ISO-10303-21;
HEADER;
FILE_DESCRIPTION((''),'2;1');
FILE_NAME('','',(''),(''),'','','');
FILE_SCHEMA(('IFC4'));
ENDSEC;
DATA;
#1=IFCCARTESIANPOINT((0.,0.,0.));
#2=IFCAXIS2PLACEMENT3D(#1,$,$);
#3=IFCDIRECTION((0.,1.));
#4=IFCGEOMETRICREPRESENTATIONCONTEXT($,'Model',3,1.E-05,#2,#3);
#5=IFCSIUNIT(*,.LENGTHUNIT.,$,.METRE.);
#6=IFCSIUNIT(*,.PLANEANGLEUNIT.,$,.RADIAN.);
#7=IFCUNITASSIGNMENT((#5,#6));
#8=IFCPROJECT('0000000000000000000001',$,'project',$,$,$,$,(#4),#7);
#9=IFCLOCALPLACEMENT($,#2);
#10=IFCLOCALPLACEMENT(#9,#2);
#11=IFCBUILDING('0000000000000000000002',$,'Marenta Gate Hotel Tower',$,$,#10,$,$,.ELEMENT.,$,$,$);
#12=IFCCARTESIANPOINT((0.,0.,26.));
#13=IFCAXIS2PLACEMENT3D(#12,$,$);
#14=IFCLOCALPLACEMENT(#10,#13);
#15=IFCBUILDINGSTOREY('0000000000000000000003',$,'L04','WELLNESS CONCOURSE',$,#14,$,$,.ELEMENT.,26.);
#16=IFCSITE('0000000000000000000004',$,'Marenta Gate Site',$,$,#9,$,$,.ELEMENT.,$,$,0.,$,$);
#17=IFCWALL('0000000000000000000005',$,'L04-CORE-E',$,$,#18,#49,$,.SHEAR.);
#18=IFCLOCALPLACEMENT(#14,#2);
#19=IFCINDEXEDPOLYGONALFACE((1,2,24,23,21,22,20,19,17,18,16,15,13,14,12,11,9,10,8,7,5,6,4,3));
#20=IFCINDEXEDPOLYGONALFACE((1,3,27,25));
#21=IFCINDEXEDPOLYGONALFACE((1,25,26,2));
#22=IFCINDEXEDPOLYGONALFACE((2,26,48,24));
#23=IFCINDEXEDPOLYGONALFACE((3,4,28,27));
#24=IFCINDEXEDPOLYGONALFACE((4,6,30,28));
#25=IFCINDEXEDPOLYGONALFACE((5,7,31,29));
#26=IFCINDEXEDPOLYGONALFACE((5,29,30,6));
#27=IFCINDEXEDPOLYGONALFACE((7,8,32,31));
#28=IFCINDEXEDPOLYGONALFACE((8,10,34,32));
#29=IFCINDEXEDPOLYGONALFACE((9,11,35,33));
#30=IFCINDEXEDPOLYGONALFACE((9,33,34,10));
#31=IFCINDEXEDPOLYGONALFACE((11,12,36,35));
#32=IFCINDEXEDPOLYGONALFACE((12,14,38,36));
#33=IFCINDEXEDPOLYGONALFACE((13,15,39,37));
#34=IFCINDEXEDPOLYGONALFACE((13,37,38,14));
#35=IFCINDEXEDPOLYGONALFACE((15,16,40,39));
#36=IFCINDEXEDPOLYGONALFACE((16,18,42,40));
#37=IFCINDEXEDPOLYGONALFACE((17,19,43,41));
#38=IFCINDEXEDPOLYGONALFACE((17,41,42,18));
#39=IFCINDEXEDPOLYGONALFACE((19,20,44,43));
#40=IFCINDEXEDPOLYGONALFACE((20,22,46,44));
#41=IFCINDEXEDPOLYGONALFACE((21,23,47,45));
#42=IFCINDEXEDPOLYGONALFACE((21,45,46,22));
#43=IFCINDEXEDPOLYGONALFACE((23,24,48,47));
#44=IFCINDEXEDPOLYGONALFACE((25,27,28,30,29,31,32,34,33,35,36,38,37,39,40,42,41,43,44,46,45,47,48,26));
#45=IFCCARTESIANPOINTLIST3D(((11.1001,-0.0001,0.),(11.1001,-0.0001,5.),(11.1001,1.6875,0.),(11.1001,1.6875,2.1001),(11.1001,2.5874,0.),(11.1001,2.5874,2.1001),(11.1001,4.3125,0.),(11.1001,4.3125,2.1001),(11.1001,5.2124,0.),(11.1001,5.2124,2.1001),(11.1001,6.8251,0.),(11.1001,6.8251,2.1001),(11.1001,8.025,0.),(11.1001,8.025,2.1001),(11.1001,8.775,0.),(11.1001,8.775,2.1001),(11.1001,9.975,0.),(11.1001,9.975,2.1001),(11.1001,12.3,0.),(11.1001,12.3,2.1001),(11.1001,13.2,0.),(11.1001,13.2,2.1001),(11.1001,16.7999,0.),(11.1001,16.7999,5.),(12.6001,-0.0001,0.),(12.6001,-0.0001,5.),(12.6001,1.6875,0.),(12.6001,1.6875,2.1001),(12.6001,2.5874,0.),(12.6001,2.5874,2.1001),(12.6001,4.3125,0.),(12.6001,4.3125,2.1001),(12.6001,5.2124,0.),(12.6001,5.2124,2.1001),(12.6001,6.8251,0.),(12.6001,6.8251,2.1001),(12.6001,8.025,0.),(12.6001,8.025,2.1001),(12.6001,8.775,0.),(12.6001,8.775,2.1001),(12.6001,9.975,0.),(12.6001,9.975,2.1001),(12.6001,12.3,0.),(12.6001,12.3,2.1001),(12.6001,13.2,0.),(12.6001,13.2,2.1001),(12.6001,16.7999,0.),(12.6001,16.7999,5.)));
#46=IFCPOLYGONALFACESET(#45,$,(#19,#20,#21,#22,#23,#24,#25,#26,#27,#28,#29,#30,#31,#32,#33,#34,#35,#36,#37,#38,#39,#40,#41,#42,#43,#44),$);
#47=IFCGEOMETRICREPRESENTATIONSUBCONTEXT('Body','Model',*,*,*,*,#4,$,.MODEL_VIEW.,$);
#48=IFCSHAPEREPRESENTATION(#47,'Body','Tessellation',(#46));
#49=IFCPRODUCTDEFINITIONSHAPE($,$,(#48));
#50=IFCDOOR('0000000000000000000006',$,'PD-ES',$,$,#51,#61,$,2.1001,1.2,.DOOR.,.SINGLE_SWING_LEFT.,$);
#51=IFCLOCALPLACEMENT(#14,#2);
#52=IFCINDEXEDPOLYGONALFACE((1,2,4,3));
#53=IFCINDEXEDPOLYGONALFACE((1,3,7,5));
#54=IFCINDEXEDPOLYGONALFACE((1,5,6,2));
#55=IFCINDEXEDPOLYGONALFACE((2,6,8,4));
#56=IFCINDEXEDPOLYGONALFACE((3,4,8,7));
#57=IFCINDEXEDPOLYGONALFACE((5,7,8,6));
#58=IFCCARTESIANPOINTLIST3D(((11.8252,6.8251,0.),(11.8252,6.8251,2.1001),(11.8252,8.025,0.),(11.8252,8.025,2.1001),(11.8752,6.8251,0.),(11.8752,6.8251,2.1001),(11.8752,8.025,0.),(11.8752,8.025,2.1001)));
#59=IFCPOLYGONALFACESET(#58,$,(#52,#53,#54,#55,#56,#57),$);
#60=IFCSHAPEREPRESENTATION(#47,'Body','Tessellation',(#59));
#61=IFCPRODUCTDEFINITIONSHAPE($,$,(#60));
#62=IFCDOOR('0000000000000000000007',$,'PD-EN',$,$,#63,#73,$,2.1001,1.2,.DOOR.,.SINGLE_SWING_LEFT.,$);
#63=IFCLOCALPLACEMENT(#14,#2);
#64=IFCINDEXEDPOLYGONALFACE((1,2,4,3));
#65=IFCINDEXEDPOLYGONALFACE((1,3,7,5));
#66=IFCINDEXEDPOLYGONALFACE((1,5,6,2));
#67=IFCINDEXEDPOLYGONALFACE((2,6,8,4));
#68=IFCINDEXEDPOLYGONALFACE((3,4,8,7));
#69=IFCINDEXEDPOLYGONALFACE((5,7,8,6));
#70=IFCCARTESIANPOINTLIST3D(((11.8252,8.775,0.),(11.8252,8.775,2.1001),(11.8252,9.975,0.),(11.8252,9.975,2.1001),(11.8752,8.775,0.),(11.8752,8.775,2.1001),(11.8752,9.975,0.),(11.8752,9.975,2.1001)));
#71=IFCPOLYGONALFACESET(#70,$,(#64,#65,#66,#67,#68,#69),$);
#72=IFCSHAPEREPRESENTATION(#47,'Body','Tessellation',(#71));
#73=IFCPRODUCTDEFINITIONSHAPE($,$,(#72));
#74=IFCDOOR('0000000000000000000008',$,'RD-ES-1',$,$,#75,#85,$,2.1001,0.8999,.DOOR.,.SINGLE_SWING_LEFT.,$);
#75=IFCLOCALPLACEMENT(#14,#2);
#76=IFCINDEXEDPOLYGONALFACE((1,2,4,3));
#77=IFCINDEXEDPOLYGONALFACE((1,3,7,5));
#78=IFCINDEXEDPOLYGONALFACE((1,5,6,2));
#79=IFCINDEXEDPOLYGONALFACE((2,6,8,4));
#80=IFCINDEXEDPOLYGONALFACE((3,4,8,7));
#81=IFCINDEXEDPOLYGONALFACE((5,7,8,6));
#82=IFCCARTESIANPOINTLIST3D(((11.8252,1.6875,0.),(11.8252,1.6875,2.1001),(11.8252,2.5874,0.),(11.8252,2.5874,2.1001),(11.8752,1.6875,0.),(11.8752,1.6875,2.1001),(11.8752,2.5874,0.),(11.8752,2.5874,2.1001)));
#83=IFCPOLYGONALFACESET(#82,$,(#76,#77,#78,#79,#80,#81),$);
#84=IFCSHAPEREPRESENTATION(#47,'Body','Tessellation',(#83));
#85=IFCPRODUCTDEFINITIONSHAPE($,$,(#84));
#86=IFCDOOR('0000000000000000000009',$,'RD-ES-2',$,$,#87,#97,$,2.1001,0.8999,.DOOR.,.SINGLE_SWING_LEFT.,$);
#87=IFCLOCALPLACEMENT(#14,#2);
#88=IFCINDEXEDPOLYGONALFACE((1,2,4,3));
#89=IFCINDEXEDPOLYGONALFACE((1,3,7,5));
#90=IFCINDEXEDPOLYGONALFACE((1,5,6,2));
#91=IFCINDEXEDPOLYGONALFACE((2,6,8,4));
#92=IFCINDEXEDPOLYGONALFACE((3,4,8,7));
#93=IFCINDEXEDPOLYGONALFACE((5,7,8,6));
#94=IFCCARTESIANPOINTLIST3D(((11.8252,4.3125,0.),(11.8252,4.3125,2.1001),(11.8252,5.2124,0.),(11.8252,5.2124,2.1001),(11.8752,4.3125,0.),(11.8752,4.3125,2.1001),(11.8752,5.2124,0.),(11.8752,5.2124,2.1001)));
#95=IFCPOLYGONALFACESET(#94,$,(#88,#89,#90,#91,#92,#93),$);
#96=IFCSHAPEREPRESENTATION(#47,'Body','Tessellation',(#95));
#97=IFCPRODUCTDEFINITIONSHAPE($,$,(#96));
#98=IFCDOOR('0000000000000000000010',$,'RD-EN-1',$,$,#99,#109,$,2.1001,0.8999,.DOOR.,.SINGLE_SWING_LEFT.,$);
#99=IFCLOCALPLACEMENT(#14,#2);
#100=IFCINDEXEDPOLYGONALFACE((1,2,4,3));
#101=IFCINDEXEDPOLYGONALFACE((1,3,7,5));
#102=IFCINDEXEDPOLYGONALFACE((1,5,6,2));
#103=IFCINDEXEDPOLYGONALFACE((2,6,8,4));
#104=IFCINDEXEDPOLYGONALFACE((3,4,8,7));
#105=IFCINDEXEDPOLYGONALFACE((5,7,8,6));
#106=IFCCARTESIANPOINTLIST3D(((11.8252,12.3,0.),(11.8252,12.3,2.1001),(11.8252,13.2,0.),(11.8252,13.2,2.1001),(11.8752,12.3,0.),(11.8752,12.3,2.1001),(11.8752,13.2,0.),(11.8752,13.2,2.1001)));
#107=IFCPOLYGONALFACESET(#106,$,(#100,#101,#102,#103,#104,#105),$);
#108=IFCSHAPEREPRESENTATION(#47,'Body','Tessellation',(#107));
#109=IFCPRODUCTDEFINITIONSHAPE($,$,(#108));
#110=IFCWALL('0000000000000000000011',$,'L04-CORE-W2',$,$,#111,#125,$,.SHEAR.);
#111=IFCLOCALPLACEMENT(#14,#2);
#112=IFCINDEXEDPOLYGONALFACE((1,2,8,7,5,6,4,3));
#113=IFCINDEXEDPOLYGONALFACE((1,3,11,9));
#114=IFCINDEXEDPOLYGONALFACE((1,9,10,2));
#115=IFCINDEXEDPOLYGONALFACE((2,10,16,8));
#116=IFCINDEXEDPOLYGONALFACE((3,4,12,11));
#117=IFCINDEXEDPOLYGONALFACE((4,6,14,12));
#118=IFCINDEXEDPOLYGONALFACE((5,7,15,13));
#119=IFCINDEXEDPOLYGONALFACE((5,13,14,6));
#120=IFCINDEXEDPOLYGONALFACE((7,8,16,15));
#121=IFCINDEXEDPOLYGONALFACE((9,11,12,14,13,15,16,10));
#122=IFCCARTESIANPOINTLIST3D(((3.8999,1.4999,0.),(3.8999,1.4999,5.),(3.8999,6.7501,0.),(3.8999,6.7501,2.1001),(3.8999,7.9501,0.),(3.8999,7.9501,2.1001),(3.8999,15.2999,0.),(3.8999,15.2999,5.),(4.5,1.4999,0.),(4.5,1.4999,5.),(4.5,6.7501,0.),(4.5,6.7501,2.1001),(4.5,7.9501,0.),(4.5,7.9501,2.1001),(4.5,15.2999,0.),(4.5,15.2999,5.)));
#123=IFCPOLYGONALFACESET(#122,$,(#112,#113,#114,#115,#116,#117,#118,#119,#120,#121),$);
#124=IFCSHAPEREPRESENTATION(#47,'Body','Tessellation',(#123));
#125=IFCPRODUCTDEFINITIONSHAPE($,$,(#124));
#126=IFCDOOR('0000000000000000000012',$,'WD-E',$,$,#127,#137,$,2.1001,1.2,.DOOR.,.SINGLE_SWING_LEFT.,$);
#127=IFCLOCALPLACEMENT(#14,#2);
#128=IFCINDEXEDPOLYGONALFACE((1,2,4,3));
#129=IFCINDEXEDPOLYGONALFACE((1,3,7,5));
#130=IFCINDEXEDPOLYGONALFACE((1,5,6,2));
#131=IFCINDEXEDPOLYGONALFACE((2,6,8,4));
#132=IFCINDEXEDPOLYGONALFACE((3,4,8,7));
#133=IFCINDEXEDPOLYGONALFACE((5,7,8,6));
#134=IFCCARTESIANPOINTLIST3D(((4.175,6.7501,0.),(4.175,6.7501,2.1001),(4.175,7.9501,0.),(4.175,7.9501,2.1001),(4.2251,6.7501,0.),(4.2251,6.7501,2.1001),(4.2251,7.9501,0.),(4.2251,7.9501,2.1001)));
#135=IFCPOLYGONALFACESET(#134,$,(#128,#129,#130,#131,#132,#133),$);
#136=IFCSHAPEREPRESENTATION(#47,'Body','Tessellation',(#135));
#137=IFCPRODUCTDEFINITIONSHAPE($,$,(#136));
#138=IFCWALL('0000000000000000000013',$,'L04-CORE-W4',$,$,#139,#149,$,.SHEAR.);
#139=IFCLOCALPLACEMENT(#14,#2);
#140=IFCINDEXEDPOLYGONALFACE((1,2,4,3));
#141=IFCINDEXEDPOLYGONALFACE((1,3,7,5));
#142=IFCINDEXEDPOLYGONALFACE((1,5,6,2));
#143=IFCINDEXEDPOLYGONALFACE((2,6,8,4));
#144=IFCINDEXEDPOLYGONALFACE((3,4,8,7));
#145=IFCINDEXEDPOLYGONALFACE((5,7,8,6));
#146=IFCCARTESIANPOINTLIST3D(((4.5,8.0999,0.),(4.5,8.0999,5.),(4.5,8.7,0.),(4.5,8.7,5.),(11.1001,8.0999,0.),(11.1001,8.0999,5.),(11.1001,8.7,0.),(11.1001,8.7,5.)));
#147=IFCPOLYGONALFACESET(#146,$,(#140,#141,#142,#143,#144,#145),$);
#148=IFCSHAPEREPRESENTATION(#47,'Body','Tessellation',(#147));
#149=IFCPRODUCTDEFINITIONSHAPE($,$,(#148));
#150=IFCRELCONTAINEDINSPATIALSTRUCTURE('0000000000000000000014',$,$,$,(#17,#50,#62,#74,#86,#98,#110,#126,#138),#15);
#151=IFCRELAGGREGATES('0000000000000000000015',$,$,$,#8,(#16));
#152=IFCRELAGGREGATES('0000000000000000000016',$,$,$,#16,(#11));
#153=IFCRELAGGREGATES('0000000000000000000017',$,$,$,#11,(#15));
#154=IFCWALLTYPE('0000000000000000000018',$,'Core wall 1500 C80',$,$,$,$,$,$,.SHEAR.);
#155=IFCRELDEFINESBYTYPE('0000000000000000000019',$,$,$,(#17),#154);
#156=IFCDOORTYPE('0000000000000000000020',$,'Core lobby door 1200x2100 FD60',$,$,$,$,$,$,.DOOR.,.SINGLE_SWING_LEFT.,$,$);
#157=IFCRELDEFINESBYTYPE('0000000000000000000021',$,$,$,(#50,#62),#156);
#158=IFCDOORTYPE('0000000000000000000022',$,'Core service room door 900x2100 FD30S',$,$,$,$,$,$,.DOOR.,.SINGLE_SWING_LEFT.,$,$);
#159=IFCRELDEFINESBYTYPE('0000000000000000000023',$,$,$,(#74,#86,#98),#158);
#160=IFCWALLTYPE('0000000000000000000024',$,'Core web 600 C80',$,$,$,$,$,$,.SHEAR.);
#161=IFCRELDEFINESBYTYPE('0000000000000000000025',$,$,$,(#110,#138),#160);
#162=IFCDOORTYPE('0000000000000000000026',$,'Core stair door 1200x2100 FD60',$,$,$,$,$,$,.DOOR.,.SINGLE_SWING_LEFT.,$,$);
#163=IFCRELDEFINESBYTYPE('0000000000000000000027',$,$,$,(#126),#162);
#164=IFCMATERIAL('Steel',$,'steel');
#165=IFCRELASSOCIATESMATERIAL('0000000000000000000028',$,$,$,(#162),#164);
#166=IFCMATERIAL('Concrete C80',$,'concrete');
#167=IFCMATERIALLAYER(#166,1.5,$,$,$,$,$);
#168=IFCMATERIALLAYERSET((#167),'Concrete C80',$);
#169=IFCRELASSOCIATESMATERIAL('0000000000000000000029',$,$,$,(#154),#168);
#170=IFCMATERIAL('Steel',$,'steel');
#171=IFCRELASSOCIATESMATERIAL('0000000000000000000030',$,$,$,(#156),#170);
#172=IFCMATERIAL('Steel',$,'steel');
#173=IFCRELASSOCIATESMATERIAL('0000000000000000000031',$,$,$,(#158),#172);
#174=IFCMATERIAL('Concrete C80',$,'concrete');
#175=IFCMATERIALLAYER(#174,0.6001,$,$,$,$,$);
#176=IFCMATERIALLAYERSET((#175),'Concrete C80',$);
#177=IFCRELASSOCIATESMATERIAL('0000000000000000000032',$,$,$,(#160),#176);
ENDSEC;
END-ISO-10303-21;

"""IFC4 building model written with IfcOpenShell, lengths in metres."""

from ifc_helpers import new_model, si_unit, direction, frame, frame_2d, origin, place, context, subcontext, project, spatial, rectangle, extrude, material, layer, layer_set, type_object, element, fill, save


model = new_model("IFC4")

# Units and contexts
model_context = context("Model", 3, precision=1e-05, world=origin(), true_north=direction((0.0, 1.0)))
body_context = subcontext(model_context, "Body", "Model", "MODEL_VIEW")
ifc_project = project(units=[si_unit("LENGTHUNIT", "METRE"), si_unit("PLANEANGLEUNIT", "RADIAN")], contexts=[model_context])

# Site, building, storey
site_placement = place(None, origin())
site = spatial("IfcSite", under=ifc_project, at=site_placement, Name="Marenta Gate Site", CompositionType="ELEMENT", RefElevation=0.0)
building_placement = place(site_placement, origin())
building = spatial("IfcBuilding", under=site, at=building_placement, Name="Marenta Gate Hotel Tower", CompositionType="ELEMENT")
storey_placement = place(building_placement, frame((0.0, 0.0, 26.0)))
storey = spatial("IfcBuildingStorey", under=building, at=storey_placement, Name="L04", Description="WELLNESS CONCOURSE", CompositionType="ELEMENT", Elevation=26.0)

# Shared definitions
ifc_material_1 = material(Name="Steel", Category="steel")
door_type_1 = type_object("IfcDoorType", Name="Core stair door 1200x2100 FD60", OperationType="SINGLE_SWING_LEFT", PredefinedType="DOOR", material=ifc_material_1)

# Wall, openings, doors
ifc_material_2 = material(Name="Concrete C80", Category="concrete")
ifc_layer_1 = layer(ifc_material_2, 1.5)
ifc_layer_set_1 = layer_set([ifc_layer_1], Name="Concrete C80")
wall_type_1 = type_object("IfcWallType", Name="Core wall 1500 C80", PredefinedType="SHEAR", material=ifc_layer_set_1)
wall_1_placement = place(storey_placement, frame((11.8501, 0.0, 0.0), z_axis=(0.0, 0.0, 1.0), x_axis=(0.0, 1.0, 0.0)))
wall_1 = element("IfcWall", 1, at=wall_1_placement, inside=storey, type_object=wall_type_1, Name="L04-CORE-E", PredefinedType="SHEAR", context=body_context, shape_type="SweptSolid", body=[
    extrude(rectangle(XDim=16.8, YDim=1.5, at=frame_2d((8.3999, 0.0))), origin(), (0.0, 0.0, 1.0), 5.0),
])
opening_1_placement = place(wall_1_placement, frame((1.6875, 0.0, 0.0)))
opening_1 = element("IfcOpeningElement", 2, at=opening_1_placement, cuts=wall_1, PredefinedType="OPENING", context=body_context, shape_type="SweptSolid", body=[
    extrude(rectangle(XDim=0.8999, YDim=2.1001, at=frame_2d((0.45, 1.05))), frame((0.0, 0.75, 0.0), z_axis=(0.0, -1.0, 0.0), x_axis=(1.0, 0.0, 0.0)), (0.0, 0.0, 1.0), 1.5),
])
opening_2_placement = place(wall_1_placement, frame((4.3125, 0.0, 0.0)))
opening_2 = element("IfcOpeningElement", 3, at=opening_2_placement, cuts=wall_1, PredefinedType="OPENING", context=body_context, shape_type="SweptSolid", body=[
    extrude(rectangle(XDim=0.8999, YDim=2.1001, at=frame_2d((0.45, 1.05))), frame((0.0, 0.75, 0.0), z_axis=(0.0, -1.0, 0.0), x_axis=(1.0, 0.0, 0.0)), (0.0, 0.0, 1.0), 1.5),
])
opening_3_placement = place(wall_1_placement, frame((6.825, 0.0, 0.0)))
opening_3 = element("IfcOpeningElement", 4, at=opening_3_placement, cuts=wall_1, PredefinedType="OPENING", context=body_context, shape_type="SweptSolid", body=[
    extrude(rectangle(XDim=1.2, YDim=2.1001, at=frame_2d((0.6001, 1.05))), frame((0.0, 0.75, 0.0), z_axis=(0.0, -1.0, 0.0), x_axis=(1.0, 0.0, 0.0)), (0.0, 0.0, 1.0), 1.5),
])
opening_4_placement = place(wall_1_placement, frame((12.3, 0.0, 0.0)))
opening_4 = element("IfcOpeningElement", 5, at=opening_4_placement, cuts=wall_1, PredefinedType="OPENING", context=body_context, shape_type="SweptSolid", body=[
    extrude(rectangle(XDim=0.8999, YDim=2.1001, at=frame_2d((0.45, 1.05))), frame((0.0, 0.75, 0.0), z_axis=(0.0, -1.0, 0.0), x_axis=(1.0, 0.0, 0.0)), (0.0, 0.0, 1.0), 1.5),
])
opening_5_placement = place(wall_1_placement, frame((8.7749, 0.0, 0.0)))
opening_5 = element("IfcOpeningElement", 6, at=opening_5_placement, cuts=wall_1, PredefinedType="OPENING", context=body_context, shape_type="SweptSolid", body=[
    extrude(rectangle(XDim=1.2, YDim=2.1001, at=frame_2d((0.6001, 1.05))), frame((0.0, 0.75, 0.0), z_axis=(0.0, -1.0, 0.0), x_axis=(1.0, 0.0, 0.0)), (0.0, 0.0, 1.0), 1.5),
])
ifc_material_3 = material(Name="Steel", Category="steel")
door_type_2 = type_object("IfcDoorType", Name="Core lobby door 1200x2100 FD60", OperationType="SINGLE_SWING_LEFT", PredefinedType="DOOR", material=ifc_material_3)
door_1_placement = place(opening_3_placement, origin())
door_1 = element("IfcDoor", 7, at=door_1_placement, inside=storey, type_object=door_type_2, Name="PD-ES", OperationType="SINGLE_SWING_LEFT", OverallHeight=2.1001, OverallWidth=1.2, PredefinedType="DOOR", context=body_context, shape_type="SweptSolid", body=[
    extrude(rectangle(XDim=1.2, YDim=2.1001, at=frame_2d((0.6001, 1.05))), frame((0.0, 0.0249, 0.0), z_axis=(0.0, -1.0, 0.0), x_axis=(1.0, 0.0, 0.0)), (0.0, 0.0, 1.0), 0.05),
])
fill(opening_3, door_1)
door_2_placement = place(opening_5_placement, origin())
door_2 = element("IfcDoor", 8, at=door_2_placement, inside=storey, type_object=door_type_2, Name="PD-EN", OperationType="SINGLE_SWING_LEFT", OverallHeight=2.1001, OverallWidth=1.2, PredefinedType="DOOR", context=body_context, shape_type="SweptSolid", body=[
    extrude(rectangle(XDim=1.2, YDim=2.1001, at=frame_2d((0.6001, 1.05))), frame((0.0, 0.0249, 0.0), z_axis=(0.0, -1.0, 0.0), x_axis=(1.0, 0.0, 0.0)), (0.0, 0.0, 1.0), 0.05),
])
fill(opening_5, door_2)
ifc_material_4 = material(Name="Steel", Category="steel")
door_type_3 = type_object("IfcDoorType", Name="Core service room door 900x2100 FD30S", OperationType="SINGLE_SWING_LEFT", PredefinedType="DOOR", material=ifc_material_4)
door_3_placement = place(opening_1_placement, origin())
door_3 = element("IfcDoor", 9, at=door_3_placement, inside=storey, type_object=door_type_3, Name="RD-ES-1", OperationType="SINGLE_SWING_LEFT", OverallHeight=2.1001, OverallWidth=0.8999, PredefinedType="DOOR", context=body_context, shape_type="SweptSolid", body=[
    extrude(rectangle(XDim=0.8999, YDim=2.1001, at=frame_2d((0.45, 1.05))), frame((0.0, 0.0249, 0.0), z_axis=(0.0, -1.0, 0.0), x_axis=(1.0, 0.0, 0.0)), (0.0, 0.0, 1.0), 0.05),
])
fill(opening_1, door_3)
door_4_placement = place(opening_2_placement, origin())
door_4 = element("IfcDoor", 10, at=door_4_placement, inside=storey, type_object=door_type_3, Name="RD-ES-2", OperationType="SINGLE_SWING_LEFT", OverallHeight=2.1001, OverallWidth=0.8999, PredefinedType="DOOR", context=body_context, shape_type="SweptSolid", body=[
    extrude(rectangle(XDim=0.8999, YDim=2.1001, at=frame_2d((0.45, 1.05))), frame((0.0, 0.0249, 0.0), z_axis=(0.0, -1.0, 0.0), x_axis=(1.0, 0.0, 0.0)), (0.0, 0.0, 1.0), 0.05),
])
fill(opening_2, door_4)
door_5_placement = place(opening_4_placement, origin())
door_5 = element("IfcDoor", 11, at=door_5_placement, inside=storey, type_object=door_type_3, Name="RD-EN-1", OperationType="SINGLE_SWING_LEFT", OverallHeight=2.1001, OverallWidth=0.8999, PredefinedType="DOOR", context=body_context, shape_type="SweptSolid", body=[
    extrude(rectangle(XDim=0.8999, YDim=2.1001, at=frame_2d((0.45, 1.05))), frame((0.0, 0.0249, 0.0), z_axis=(0.0, -1.0, 0.0), x_axis=(1.0, 0.0, 0.0)), (0.0, 0.0, 1.0), 0.05),
])
fill(opening_4, door_5)

# Wall, opening, door
ifc_material_5 = material(Name="Concrete C80", Category="concrete")
ifc_layer_2 = layer(ifc_material_5, 0.6001)
ifc_layer_set_2 = layer_set([ifc_layer_2], Name="Concrete C80")
wall_type_2 = type_object("IfcWallType", Name="Core web 600 C80", PredefinedType="SHEAR", material=ifc_layer_set_2)
wall_2_placement = place(storey_placement, frame((4.2, 1.5, 0.0), z_axis=(0.0, 0.0, 1.0), x_axis=(0.0, 1.0, 0.0)))
wall_2 = element("IfcWall", 12, at=wall_2_placement, inside=storey, type_object=wall_type_2, Name="L04-CORE-W2", PredefinedType="SHEAR", context=body_context, shape_type="SweptSolid", body=[
    extrude(rectangle(XDim=13.8, YDim=0.6001, at=frame_2d((6.8999, 0.0))), origin(), (0.0, 0.0, 1.0), 5.0),
])
opening_6_placement = place(wall_2_placement, frame((5.25, 0.0, 0.0)))
opening_6 = element("IfcOpeningElement", 13, at=opening_6_placement, cuts=wall_2, PredefinedType="OPENING", context=body_context, shape_type="SweptSolid", body=[
    extrude(rectangle(XDim=1.2, YDim=2.1001, at=frame_2d((0.6001, 1.05))), frame((0.0, 0.3, 0.0), z_axis=(0.0, -1.0, 0.0), x_axis=(1.0, 0.0, 0.0)), (0.0, 0.0, 1.0), 0.6001),
])
door_6_placement = place(opening_6_placement, origin())
door_6 = element("IfcDoor", 14, at=door_6_placement, inside=storey, type_object=door_type_1, Name="WD-E", OperationType="SINGLE_SWING_LEFT", OverallHeight=2.1001, OverallWidth=1.2, PredefinedType="DOOR", context=body_context, shape_type="SweptSolid", body=[
    extrude(rectangle(XDim=1.2, YDim=2.1001, at=frame_2d((0.6001, 1.05))), frame((0.0, 0.0249, 0.0), z_axis=(0.0, -1.0, 0.0), x_axis=(1.0, 0.0, 0.0)), (0.0, 0.0, 1.0), 0.05),
])
fill(opening_6, door_6)

# Wall
wall_3_placement = place(storey_placement, frame((4.5, 8.3999, 0.0), z_axis=(0.0, 0.0, 1.0), x_axis=(1.0, 0.0, 0.0)))
element("IfcWall", 15, at=wall_3_placement, inside=storey, type_object=wall_type_2, Name="L04-CORE-W4", PredefinedType="SHEAR", context=body_context, shape_type="SweptSolid", body=[
    extrude(rectangle(XDim=6.6001, YDim=0.6001, at=frame_2d((3.3, 0.0))), origin(), (0.0, 0.0, 1.0), 5.0),
])

save(model, "model.ifc")
